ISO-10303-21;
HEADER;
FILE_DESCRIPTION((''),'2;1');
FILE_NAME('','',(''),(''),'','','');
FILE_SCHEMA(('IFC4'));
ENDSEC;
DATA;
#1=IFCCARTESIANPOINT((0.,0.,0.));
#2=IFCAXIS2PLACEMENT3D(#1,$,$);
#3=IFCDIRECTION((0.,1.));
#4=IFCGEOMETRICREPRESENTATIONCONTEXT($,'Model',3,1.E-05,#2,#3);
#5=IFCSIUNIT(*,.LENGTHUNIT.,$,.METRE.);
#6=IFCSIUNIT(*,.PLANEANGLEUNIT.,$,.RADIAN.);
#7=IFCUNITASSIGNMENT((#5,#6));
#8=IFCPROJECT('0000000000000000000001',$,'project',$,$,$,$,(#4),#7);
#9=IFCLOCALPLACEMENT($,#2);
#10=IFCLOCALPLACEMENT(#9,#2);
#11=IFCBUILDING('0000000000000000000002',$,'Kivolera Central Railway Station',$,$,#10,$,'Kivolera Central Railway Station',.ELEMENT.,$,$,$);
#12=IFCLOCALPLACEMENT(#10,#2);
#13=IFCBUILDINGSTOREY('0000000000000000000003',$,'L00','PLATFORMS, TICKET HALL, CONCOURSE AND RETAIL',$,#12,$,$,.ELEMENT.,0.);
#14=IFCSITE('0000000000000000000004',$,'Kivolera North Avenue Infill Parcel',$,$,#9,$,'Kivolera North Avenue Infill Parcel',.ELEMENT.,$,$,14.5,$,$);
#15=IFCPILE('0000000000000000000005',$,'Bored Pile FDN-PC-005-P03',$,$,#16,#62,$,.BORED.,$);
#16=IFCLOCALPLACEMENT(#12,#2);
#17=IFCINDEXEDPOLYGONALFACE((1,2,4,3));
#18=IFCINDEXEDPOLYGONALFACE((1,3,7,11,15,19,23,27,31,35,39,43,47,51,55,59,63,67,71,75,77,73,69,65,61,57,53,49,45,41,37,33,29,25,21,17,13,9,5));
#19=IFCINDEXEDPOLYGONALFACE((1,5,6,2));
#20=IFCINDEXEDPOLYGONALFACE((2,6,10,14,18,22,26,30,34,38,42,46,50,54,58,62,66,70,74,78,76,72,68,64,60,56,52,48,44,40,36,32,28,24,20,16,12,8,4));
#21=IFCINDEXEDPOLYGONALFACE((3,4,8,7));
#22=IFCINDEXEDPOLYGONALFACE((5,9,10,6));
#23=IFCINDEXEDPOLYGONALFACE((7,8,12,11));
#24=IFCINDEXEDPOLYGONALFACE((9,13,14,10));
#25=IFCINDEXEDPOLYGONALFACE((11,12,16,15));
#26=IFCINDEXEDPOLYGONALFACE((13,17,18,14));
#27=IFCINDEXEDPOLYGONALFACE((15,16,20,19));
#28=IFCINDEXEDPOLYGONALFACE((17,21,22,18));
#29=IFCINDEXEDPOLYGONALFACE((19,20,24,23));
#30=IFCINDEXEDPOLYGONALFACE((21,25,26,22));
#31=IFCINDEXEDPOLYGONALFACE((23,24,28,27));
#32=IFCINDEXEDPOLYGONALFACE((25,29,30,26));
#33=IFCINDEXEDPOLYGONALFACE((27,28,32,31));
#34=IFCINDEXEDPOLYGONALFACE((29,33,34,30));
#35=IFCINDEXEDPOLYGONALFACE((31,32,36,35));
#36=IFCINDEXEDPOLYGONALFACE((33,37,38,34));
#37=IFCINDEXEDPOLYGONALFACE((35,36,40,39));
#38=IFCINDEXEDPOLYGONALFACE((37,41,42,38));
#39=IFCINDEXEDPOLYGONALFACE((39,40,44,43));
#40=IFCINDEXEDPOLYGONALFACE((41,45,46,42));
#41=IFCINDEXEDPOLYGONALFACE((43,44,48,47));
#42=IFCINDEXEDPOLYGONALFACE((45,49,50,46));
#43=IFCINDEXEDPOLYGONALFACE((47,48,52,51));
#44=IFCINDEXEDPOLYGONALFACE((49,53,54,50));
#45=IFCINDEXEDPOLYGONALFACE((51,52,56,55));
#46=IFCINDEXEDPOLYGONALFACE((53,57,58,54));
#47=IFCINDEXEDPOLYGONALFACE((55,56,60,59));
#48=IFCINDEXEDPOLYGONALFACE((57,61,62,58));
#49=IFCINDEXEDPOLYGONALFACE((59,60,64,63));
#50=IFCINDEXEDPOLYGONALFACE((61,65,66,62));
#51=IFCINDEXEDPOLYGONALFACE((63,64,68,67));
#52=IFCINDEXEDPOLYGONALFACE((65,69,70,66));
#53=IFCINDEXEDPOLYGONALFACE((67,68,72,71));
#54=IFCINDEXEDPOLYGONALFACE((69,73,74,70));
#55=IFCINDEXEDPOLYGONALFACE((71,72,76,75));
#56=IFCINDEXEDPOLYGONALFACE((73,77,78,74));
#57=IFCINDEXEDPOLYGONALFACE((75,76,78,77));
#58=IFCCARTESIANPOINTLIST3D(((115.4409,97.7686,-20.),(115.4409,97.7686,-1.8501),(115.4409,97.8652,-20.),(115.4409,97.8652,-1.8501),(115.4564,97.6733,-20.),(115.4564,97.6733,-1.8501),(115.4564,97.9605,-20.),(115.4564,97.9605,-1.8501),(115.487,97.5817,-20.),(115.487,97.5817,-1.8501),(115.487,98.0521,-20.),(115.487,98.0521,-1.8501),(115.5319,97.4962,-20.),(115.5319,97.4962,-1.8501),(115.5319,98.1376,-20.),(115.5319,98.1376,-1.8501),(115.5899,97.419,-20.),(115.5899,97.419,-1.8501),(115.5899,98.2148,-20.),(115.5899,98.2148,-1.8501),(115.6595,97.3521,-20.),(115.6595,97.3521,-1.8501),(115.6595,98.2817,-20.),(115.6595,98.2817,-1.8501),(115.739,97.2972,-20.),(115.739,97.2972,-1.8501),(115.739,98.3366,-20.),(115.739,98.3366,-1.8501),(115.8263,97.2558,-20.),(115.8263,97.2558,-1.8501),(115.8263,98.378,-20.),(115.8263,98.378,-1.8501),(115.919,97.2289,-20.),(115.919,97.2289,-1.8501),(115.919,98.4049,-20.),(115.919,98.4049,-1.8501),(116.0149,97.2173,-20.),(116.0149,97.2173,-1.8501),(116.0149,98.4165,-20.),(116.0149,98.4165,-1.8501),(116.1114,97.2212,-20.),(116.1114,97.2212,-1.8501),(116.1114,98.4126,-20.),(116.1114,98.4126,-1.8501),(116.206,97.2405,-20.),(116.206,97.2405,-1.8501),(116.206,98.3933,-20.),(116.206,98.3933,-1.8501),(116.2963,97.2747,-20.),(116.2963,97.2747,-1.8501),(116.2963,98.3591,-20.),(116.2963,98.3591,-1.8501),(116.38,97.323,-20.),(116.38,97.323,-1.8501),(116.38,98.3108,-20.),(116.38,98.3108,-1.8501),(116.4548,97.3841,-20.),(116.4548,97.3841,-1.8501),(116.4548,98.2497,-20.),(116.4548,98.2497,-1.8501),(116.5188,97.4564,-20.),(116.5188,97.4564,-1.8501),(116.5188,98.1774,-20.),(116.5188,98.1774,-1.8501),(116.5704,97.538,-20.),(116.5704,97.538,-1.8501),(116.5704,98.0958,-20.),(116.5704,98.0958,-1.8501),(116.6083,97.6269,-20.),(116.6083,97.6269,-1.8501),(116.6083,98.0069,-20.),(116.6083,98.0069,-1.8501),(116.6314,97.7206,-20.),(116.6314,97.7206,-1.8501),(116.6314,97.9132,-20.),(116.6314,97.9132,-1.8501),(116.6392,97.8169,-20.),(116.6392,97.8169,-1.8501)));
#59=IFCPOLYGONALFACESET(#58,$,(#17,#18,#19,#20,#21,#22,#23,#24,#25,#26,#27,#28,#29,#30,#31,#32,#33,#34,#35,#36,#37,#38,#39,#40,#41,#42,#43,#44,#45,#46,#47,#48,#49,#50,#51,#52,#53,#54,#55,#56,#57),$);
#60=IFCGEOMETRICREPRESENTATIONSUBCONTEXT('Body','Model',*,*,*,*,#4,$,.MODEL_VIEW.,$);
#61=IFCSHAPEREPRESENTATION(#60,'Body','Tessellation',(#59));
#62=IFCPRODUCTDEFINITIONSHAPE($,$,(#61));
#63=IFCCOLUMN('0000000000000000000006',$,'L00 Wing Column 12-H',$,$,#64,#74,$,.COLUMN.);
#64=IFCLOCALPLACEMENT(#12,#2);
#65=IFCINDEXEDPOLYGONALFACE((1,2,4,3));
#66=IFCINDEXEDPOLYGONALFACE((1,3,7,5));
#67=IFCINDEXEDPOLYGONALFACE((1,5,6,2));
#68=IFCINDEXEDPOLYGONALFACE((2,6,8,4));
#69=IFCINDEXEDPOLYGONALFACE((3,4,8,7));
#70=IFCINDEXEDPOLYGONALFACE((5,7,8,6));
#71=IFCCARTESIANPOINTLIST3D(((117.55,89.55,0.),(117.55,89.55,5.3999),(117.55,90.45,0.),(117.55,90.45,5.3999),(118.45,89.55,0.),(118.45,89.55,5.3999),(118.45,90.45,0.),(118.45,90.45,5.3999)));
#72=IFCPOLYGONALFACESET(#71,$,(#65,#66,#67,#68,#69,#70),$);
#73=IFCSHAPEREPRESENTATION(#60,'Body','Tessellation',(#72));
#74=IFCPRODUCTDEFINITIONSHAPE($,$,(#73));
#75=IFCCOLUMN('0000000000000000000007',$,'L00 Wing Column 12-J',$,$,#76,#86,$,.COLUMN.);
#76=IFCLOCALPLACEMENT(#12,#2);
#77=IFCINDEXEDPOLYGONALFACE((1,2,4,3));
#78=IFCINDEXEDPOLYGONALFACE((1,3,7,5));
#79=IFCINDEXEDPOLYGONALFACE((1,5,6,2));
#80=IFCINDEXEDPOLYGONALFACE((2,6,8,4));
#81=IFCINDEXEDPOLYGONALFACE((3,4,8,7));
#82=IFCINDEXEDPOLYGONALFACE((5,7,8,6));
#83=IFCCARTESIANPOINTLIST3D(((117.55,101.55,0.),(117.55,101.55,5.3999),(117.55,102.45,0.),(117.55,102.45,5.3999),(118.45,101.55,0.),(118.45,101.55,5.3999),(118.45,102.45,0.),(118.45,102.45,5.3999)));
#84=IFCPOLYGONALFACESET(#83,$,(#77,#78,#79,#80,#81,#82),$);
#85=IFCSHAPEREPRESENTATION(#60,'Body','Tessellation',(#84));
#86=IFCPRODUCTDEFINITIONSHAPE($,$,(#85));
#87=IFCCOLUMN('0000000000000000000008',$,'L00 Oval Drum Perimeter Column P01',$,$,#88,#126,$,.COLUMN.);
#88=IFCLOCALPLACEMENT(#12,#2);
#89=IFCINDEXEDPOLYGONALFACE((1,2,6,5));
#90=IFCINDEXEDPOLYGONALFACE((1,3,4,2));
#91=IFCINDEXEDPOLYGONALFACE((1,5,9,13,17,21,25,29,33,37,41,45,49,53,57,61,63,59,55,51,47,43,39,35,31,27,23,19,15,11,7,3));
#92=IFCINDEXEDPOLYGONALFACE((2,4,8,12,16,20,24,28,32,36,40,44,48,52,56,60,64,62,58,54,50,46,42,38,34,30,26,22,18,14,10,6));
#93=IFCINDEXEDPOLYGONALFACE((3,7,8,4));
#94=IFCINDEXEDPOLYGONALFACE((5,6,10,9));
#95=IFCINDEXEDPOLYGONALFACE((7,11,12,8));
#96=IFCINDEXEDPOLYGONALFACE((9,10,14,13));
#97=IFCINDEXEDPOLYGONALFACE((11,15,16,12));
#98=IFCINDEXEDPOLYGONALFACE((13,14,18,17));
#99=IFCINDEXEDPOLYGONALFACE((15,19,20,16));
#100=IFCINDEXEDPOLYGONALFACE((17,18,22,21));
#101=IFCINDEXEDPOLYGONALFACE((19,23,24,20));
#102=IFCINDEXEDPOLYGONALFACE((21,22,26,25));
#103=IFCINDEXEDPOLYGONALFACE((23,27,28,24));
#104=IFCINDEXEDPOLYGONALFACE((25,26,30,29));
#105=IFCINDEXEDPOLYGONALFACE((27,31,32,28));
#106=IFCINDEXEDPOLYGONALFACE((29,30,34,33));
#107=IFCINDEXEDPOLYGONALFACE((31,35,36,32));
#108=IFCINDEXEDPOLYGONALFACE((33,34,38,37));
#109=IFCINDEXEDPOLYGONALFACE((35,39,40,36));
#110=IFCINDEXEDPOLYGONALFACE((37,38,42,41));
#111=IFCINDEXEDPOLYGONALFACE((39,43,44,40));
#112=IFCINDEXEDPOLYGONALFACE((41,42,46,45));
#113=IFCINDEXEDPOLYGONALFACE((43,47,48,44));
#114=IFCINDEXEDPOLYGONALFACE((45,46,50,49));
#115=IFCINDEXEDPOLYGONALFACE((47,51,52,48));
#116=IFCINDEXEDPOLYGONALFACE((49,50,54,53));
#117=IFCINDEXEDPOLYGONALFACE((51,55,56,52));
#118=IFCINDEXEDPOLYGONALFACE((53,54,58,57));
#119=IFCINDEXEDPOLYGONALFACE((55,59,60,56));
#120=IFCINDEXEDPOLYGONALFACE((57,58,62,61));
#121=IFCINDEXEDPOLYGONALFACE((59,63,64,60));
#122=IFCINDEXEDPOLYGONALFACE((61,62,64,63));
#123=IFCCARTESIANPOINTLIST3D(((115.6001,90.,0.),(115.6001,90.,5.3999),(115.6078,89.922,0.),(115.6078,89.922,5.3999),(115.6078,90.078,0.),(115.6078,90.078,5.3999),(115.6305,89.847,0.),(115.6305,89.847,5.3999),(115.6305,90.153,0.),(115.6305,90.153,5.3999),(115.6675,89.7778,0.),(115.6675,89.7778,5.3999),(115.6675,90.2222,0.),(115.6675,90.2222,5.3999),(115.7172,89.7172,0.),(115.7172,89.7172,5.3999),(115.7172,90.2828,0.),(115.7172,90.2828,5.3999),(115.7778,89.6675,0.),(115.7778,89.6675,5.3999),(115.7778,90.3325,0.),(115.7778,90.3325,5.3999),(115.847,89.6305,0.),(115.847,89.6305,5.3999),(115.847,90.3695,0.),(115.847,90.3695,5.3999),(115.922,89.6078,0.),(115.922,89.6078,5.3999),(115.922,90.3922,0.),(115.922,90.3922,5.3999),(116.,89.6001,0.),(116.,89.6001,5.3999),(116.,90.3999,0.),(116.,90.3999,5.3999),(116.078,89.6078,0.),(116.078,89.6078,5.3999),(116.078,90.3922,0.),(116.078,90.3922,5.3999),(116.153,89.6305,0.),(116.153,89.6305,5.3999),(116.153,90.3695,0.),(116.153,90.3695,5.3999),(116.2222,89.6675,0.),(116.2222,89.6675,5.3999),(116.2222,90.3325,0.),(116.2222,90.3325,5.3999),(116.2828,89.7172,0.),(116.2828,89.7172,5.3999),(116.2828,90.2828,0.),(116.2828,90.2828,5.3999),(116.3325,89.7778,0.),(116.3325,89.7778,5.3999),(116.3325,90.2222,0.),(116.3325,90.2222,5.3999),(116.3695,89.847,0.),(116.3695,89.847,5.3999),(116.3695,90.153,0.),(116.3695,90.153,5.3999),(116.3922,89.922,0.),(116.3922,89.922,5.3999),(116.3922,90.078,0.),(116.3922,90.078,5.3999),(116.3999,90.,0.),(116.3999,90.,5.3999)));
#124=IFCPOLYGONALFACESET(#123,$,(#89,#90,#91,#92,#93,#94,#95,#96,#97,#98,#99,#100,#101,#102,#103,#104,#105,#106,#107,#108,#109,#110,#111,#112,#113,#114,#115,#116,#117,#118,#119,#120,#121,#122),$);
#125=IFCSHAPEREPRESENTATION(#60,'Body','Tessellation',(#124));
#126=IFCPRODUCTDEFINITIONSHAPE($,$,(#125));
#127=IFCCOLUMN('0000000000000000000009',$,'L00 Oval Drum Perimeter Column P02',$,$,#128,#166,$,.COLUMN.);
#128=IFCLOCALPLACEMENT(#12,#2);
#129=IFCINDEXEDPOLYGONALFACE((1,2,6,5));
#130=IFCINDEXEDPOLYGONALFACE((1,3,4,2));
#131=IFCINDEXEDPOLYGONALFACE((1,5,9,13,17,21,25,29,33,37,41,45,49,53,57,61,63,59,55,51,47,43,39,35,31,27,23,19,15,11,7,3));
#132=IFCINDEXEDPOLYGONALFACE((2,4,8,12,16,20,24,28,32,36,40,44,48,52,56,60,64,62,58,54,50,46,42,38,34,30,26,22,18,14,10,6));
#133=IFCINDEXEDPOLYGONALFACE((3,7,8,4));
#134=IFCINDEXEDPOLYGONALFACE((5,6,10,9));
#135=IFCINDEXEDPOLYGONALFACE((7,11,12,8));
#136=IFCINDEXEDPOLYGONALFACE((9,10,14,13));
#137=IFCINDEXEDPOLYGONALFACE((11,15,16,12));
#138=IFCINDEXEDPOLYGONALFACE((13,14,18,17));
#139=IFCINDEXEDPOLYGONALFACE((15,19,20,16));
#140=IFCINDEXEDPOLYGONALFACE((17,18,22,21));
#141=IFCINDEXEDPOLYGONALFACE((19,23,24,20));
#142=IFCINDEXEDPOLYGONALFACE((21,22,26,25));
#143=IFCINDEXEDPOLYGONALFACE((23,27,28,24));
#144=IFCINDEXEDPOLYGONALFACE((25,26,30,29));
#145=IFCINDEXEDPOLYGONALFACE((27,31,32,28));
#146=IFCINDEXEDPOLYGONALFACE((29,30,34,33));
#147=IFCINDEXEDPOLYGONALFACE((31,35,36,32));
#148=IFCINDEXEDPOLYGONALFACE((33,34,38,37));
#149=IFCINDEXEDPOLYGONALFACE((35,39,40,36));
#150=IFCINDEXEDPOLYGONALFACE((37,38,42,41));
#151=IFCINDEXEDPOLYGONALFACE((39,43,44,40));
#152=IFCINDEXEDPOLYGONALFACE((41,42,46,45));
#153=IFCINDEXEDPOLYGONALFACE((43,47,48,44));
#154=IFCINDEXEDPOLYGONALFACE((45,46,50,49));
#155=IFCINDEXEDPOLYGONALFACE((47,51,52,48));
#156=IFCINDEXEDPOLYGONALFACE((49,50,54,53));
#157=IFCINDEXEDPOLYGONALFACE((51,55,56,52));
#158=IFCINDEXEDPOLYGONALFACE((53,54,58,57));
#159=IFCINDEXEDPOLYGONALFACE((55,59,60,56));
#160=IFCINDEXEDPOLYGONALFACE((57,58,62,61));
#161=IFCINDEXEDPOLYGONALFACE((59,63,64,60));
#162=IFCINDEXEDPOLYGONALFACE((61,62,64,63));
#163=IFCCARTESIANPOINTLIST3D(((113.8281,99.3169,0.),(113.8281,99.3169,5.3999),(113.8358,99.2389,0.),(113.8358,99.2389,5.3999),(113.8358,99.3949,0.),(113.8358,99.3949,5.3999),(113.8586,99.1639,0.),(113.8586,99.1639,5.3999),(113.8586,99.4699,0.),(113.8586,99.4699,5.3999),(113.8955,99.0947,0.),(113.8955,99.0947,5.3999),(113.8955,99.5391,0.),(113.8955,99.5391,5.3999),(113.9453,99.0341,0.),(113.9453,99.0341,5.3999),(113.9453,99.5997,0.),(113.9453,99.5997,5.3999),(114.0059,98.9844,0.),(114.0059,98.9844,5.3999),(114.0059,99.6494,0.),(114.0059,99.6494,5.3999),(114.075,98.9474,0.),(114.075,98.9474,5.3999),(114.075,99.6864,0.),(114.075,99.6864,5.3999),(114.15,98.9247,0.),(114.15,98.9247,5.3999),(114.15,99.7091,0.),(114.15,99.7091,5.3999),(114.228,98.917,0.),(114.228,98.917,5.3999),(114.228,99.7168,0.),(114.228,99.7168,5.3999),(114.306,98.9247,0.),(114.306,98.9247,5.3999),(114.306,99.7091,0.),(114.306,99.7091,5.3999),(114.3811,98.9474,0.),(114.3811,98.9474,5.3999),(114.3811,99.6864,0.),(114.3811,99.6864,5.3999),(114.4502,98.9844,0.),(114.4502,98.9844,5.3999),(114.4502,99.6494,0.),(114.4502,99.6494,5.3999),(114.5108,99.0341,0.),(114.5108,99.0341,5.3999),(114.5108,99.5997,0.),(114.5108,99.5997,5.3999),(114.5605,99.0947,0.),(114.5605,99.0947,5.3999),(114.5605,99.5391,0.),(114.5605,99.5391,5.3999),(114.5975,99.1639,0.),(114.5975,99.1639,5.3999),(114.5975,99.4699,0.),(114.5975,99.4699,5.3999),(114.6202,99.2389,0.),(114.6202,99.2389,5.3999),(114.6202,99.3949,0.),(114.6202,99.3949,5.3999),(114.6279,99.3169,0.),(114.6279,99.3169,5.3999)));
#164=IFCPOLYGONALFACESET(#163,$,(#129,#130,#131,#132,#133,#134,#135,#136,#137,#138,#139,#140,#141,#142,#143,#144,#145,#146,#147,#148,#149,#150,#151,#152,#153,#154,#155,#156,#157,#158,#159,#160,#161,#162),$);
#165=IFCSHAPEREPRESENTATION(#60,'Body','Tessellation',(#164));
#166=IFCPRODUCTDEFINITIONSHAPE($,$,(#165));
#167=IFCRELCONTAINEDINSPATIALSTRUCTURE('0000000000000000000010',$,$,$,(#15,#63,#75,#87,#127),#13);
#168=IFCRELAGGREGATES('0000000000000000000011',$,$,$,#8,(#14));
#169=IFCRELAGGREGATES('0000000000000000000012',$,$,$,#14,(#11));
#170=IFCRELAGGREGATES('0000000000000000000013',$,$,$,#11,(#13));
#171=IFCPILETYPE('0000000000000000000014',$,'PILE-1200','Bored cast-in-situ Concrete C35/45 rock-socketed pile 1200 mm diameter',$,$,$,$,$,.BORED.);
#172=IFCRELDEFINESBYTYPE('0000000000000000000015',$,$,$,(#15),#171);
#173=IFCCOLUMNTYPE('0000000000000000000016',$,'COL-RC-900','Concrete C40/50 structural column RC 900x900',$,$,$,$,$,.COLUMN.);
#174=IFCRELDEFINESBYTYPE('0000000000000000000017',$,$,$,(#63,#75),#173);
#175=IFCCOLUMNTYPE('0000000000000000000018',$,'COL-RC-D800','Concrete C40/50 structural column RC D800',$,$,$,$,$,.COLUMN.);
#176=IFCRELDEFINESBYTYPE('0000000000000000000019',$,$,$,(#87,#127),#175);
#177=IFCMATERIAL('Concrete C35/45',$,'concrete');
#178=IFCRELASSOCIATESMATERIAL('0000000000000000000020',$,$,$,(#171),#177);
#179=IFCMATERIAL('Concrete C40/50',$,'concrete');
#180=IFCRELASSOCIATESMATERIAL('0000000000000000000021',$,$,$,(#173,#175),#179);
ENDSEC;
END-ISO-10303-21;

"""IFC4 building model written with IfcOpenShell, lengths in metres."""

from ifc_helpers import new_model, si_unit, direction, frame, origin, origin_2d, place, context, subcontext, project, spatial, rectangle, circle, extrude, material, material_profile, profile_set, type_object, element, save


model = new_model("IFC4")

# Units and contexts
model_context = context("Model", 3, precision=1e-05, world=origin(), true_north=direction((0.0, 1.0)))
body_context = subcontext(model_context, "Body", "Model", "MODEL_VIEW")
ifc_project = project(units=[si_unit("LENGTHUNIT", "METRE"), si_unit("PLANEANGLEUNIT", "RADIAN")], contexts=[model_context])

# Site, building, storey
site_placement = place(None, origin())
site = spatial("IfcSite", under=ifc_project, at=site_placement, Name="Kivolera North Avenue Infill Parcel", LongName="Kivolera North Avenue Infill Parcel", CompositionType="ELEMENT", RefElevation=14.5)
building_placement = place(site_placement, origin())
building = spatial("IfcBuilding", under=site, at=building_placement, Name="Kivolera Central Railway Station", LongName="Kivolera Central Railway Station", CompositionType="ELEMENT")
storey_placement = place(building_placement, origin())
storey = spatial("IfcBuildingStorey", under=building, at=storey_placement, Name="L00", Description="PLATFORMS, TICKET HALL, CONCOURSE AND RETAIL", CompositionType="ELEMENT", Elevation=0.0)

# Shared definitions
ifc_material_1 = material(Name="Concrete C35/45", Category="concrete")

# Pile
ifc_material_profile_1 = material_profile(ifc_material_1, circle(Radius=0.6001, at=origin_2d()), Name="PILE D1200")
ifc_profile_set_1 = profile_set([ifc_material_profile_1], Name="Concrete C35/45")
pile_type = type_object("IfcPileType", Name="PILE-1200", Description="Bored cast-in-situ Concrete C35/45 rock-socketed pile 1200 mm diameter", PredefinedType="BORED", material=ifc_profile_set_1)
for number, where, z_axis, x_axis, name in (
    (1, (116.0391, 97.8169, -1.8501), (0.0, 0.0, -1.0), (1.0, 0.0, 0.0), "Bored Pile FDN-PC-005-P03"),
):
    element("IfcPile", number, at=place(storey_placement, frame(where, z_axis=z_axis, x_axis=x_axis)), inside=storey, type_object=pile_type, Name=name, PredefinedType="BORED", context=body_context, shape_type="SweptSolid", body=[
        extrude(circle(Radius=0.6001, at=origin_2d()), origin(), (0.0, 0.0, 1.0), 18.1499),
    ])

# Columns
ifc_material_2 = material(Name="Concrete C40/50", Category="concrete")
ifc_material_profile_2 = material_profile(ifc_material_2, rectangle(XDim=0.8999, YDim=0.8999, at=origin_2d()), Name="RC 900x900")
ifc_profile_set_2 = profile_set([ifc_material_profile_2], Name="Concrete C40/50")
column_type_1 = type_object("IfcColumnType", Name="COL-RC-900", Description="Concrete C40/50 structural column RC 900x900", PredefinedType="COLUMN", material=ifc_profile_set_2)
for number, where, z_axis, x_axis, name in (
    (2, (118.0, 90.0, 0.0), (0.0, 0.0, 1.0), (1.0, 0.0, 0.0), "L00 Wing Column 12-H"),
    (3, (118.0, 102.0, 0.0), (0.0, 0.0, 1.0), (1.0, 0.0, 0.0), "L00 Wing Column 12-J"),
):
    element("IfcColumn", number, at=place(storey_placement, frame(where, z_axis=z_axis, x_axis=x_axis)), inside=storey, type_object=column_type_1, Name=name, PredefinedType="COLUMN", context=body_context, shape_type="SweptSolid", body=[
        extrude(rectangle(XDim=0.8999, YDim=0.8999, at=origin_2d()), origin(), (0.0, 0.0, 1.0), 5.3999),
    ])
ifc_material_profile_3 = material_profile(ifc_material_2, circle(Radius=0.3999, at=origin_2d()), Name="RC D800")
ifc_profile_set_3 = profile_set([ifc_material_profile_3], Name="Concrete C40/50")
column_type_2 = type_object("IfcColumnType", Name="COL-RC-D800", Description="Concrete C40/50 structural column RC D800", PredefinedType="COLUMN", material=ifc_profile_set_3)
for number, where, z_axis, x_axis, name in (
    (4, (116.0, 90.0, 0.0), (0.0, 0.0, 1.0), (1.0, 0.0, 0.0), "L00 Oval Drum Perimeter Column P01"),
    (5, (114.228, 99.3169, 0.0), (0.0, 0.0, 1.0), (1.0, 0.0, 0.0), "L00 Oval Drum Perimeter Column P02"),
):
    element("IfcColumn", number, at=place(storey_placement, frame(where, z_axis=z_axis, x_axis=x_axis)), inside=storey, type_object=column_type_2, Name=name, PredefinedType="COLUMN", context=body_context, shape_type="SweptSolid", body=[
        extrude(circle(Radius=0.3999, at=origin_2d()), origin(), (0.0, 0.0, 1.0), 5.3999),
    ])

save(model, "model.ifc")
